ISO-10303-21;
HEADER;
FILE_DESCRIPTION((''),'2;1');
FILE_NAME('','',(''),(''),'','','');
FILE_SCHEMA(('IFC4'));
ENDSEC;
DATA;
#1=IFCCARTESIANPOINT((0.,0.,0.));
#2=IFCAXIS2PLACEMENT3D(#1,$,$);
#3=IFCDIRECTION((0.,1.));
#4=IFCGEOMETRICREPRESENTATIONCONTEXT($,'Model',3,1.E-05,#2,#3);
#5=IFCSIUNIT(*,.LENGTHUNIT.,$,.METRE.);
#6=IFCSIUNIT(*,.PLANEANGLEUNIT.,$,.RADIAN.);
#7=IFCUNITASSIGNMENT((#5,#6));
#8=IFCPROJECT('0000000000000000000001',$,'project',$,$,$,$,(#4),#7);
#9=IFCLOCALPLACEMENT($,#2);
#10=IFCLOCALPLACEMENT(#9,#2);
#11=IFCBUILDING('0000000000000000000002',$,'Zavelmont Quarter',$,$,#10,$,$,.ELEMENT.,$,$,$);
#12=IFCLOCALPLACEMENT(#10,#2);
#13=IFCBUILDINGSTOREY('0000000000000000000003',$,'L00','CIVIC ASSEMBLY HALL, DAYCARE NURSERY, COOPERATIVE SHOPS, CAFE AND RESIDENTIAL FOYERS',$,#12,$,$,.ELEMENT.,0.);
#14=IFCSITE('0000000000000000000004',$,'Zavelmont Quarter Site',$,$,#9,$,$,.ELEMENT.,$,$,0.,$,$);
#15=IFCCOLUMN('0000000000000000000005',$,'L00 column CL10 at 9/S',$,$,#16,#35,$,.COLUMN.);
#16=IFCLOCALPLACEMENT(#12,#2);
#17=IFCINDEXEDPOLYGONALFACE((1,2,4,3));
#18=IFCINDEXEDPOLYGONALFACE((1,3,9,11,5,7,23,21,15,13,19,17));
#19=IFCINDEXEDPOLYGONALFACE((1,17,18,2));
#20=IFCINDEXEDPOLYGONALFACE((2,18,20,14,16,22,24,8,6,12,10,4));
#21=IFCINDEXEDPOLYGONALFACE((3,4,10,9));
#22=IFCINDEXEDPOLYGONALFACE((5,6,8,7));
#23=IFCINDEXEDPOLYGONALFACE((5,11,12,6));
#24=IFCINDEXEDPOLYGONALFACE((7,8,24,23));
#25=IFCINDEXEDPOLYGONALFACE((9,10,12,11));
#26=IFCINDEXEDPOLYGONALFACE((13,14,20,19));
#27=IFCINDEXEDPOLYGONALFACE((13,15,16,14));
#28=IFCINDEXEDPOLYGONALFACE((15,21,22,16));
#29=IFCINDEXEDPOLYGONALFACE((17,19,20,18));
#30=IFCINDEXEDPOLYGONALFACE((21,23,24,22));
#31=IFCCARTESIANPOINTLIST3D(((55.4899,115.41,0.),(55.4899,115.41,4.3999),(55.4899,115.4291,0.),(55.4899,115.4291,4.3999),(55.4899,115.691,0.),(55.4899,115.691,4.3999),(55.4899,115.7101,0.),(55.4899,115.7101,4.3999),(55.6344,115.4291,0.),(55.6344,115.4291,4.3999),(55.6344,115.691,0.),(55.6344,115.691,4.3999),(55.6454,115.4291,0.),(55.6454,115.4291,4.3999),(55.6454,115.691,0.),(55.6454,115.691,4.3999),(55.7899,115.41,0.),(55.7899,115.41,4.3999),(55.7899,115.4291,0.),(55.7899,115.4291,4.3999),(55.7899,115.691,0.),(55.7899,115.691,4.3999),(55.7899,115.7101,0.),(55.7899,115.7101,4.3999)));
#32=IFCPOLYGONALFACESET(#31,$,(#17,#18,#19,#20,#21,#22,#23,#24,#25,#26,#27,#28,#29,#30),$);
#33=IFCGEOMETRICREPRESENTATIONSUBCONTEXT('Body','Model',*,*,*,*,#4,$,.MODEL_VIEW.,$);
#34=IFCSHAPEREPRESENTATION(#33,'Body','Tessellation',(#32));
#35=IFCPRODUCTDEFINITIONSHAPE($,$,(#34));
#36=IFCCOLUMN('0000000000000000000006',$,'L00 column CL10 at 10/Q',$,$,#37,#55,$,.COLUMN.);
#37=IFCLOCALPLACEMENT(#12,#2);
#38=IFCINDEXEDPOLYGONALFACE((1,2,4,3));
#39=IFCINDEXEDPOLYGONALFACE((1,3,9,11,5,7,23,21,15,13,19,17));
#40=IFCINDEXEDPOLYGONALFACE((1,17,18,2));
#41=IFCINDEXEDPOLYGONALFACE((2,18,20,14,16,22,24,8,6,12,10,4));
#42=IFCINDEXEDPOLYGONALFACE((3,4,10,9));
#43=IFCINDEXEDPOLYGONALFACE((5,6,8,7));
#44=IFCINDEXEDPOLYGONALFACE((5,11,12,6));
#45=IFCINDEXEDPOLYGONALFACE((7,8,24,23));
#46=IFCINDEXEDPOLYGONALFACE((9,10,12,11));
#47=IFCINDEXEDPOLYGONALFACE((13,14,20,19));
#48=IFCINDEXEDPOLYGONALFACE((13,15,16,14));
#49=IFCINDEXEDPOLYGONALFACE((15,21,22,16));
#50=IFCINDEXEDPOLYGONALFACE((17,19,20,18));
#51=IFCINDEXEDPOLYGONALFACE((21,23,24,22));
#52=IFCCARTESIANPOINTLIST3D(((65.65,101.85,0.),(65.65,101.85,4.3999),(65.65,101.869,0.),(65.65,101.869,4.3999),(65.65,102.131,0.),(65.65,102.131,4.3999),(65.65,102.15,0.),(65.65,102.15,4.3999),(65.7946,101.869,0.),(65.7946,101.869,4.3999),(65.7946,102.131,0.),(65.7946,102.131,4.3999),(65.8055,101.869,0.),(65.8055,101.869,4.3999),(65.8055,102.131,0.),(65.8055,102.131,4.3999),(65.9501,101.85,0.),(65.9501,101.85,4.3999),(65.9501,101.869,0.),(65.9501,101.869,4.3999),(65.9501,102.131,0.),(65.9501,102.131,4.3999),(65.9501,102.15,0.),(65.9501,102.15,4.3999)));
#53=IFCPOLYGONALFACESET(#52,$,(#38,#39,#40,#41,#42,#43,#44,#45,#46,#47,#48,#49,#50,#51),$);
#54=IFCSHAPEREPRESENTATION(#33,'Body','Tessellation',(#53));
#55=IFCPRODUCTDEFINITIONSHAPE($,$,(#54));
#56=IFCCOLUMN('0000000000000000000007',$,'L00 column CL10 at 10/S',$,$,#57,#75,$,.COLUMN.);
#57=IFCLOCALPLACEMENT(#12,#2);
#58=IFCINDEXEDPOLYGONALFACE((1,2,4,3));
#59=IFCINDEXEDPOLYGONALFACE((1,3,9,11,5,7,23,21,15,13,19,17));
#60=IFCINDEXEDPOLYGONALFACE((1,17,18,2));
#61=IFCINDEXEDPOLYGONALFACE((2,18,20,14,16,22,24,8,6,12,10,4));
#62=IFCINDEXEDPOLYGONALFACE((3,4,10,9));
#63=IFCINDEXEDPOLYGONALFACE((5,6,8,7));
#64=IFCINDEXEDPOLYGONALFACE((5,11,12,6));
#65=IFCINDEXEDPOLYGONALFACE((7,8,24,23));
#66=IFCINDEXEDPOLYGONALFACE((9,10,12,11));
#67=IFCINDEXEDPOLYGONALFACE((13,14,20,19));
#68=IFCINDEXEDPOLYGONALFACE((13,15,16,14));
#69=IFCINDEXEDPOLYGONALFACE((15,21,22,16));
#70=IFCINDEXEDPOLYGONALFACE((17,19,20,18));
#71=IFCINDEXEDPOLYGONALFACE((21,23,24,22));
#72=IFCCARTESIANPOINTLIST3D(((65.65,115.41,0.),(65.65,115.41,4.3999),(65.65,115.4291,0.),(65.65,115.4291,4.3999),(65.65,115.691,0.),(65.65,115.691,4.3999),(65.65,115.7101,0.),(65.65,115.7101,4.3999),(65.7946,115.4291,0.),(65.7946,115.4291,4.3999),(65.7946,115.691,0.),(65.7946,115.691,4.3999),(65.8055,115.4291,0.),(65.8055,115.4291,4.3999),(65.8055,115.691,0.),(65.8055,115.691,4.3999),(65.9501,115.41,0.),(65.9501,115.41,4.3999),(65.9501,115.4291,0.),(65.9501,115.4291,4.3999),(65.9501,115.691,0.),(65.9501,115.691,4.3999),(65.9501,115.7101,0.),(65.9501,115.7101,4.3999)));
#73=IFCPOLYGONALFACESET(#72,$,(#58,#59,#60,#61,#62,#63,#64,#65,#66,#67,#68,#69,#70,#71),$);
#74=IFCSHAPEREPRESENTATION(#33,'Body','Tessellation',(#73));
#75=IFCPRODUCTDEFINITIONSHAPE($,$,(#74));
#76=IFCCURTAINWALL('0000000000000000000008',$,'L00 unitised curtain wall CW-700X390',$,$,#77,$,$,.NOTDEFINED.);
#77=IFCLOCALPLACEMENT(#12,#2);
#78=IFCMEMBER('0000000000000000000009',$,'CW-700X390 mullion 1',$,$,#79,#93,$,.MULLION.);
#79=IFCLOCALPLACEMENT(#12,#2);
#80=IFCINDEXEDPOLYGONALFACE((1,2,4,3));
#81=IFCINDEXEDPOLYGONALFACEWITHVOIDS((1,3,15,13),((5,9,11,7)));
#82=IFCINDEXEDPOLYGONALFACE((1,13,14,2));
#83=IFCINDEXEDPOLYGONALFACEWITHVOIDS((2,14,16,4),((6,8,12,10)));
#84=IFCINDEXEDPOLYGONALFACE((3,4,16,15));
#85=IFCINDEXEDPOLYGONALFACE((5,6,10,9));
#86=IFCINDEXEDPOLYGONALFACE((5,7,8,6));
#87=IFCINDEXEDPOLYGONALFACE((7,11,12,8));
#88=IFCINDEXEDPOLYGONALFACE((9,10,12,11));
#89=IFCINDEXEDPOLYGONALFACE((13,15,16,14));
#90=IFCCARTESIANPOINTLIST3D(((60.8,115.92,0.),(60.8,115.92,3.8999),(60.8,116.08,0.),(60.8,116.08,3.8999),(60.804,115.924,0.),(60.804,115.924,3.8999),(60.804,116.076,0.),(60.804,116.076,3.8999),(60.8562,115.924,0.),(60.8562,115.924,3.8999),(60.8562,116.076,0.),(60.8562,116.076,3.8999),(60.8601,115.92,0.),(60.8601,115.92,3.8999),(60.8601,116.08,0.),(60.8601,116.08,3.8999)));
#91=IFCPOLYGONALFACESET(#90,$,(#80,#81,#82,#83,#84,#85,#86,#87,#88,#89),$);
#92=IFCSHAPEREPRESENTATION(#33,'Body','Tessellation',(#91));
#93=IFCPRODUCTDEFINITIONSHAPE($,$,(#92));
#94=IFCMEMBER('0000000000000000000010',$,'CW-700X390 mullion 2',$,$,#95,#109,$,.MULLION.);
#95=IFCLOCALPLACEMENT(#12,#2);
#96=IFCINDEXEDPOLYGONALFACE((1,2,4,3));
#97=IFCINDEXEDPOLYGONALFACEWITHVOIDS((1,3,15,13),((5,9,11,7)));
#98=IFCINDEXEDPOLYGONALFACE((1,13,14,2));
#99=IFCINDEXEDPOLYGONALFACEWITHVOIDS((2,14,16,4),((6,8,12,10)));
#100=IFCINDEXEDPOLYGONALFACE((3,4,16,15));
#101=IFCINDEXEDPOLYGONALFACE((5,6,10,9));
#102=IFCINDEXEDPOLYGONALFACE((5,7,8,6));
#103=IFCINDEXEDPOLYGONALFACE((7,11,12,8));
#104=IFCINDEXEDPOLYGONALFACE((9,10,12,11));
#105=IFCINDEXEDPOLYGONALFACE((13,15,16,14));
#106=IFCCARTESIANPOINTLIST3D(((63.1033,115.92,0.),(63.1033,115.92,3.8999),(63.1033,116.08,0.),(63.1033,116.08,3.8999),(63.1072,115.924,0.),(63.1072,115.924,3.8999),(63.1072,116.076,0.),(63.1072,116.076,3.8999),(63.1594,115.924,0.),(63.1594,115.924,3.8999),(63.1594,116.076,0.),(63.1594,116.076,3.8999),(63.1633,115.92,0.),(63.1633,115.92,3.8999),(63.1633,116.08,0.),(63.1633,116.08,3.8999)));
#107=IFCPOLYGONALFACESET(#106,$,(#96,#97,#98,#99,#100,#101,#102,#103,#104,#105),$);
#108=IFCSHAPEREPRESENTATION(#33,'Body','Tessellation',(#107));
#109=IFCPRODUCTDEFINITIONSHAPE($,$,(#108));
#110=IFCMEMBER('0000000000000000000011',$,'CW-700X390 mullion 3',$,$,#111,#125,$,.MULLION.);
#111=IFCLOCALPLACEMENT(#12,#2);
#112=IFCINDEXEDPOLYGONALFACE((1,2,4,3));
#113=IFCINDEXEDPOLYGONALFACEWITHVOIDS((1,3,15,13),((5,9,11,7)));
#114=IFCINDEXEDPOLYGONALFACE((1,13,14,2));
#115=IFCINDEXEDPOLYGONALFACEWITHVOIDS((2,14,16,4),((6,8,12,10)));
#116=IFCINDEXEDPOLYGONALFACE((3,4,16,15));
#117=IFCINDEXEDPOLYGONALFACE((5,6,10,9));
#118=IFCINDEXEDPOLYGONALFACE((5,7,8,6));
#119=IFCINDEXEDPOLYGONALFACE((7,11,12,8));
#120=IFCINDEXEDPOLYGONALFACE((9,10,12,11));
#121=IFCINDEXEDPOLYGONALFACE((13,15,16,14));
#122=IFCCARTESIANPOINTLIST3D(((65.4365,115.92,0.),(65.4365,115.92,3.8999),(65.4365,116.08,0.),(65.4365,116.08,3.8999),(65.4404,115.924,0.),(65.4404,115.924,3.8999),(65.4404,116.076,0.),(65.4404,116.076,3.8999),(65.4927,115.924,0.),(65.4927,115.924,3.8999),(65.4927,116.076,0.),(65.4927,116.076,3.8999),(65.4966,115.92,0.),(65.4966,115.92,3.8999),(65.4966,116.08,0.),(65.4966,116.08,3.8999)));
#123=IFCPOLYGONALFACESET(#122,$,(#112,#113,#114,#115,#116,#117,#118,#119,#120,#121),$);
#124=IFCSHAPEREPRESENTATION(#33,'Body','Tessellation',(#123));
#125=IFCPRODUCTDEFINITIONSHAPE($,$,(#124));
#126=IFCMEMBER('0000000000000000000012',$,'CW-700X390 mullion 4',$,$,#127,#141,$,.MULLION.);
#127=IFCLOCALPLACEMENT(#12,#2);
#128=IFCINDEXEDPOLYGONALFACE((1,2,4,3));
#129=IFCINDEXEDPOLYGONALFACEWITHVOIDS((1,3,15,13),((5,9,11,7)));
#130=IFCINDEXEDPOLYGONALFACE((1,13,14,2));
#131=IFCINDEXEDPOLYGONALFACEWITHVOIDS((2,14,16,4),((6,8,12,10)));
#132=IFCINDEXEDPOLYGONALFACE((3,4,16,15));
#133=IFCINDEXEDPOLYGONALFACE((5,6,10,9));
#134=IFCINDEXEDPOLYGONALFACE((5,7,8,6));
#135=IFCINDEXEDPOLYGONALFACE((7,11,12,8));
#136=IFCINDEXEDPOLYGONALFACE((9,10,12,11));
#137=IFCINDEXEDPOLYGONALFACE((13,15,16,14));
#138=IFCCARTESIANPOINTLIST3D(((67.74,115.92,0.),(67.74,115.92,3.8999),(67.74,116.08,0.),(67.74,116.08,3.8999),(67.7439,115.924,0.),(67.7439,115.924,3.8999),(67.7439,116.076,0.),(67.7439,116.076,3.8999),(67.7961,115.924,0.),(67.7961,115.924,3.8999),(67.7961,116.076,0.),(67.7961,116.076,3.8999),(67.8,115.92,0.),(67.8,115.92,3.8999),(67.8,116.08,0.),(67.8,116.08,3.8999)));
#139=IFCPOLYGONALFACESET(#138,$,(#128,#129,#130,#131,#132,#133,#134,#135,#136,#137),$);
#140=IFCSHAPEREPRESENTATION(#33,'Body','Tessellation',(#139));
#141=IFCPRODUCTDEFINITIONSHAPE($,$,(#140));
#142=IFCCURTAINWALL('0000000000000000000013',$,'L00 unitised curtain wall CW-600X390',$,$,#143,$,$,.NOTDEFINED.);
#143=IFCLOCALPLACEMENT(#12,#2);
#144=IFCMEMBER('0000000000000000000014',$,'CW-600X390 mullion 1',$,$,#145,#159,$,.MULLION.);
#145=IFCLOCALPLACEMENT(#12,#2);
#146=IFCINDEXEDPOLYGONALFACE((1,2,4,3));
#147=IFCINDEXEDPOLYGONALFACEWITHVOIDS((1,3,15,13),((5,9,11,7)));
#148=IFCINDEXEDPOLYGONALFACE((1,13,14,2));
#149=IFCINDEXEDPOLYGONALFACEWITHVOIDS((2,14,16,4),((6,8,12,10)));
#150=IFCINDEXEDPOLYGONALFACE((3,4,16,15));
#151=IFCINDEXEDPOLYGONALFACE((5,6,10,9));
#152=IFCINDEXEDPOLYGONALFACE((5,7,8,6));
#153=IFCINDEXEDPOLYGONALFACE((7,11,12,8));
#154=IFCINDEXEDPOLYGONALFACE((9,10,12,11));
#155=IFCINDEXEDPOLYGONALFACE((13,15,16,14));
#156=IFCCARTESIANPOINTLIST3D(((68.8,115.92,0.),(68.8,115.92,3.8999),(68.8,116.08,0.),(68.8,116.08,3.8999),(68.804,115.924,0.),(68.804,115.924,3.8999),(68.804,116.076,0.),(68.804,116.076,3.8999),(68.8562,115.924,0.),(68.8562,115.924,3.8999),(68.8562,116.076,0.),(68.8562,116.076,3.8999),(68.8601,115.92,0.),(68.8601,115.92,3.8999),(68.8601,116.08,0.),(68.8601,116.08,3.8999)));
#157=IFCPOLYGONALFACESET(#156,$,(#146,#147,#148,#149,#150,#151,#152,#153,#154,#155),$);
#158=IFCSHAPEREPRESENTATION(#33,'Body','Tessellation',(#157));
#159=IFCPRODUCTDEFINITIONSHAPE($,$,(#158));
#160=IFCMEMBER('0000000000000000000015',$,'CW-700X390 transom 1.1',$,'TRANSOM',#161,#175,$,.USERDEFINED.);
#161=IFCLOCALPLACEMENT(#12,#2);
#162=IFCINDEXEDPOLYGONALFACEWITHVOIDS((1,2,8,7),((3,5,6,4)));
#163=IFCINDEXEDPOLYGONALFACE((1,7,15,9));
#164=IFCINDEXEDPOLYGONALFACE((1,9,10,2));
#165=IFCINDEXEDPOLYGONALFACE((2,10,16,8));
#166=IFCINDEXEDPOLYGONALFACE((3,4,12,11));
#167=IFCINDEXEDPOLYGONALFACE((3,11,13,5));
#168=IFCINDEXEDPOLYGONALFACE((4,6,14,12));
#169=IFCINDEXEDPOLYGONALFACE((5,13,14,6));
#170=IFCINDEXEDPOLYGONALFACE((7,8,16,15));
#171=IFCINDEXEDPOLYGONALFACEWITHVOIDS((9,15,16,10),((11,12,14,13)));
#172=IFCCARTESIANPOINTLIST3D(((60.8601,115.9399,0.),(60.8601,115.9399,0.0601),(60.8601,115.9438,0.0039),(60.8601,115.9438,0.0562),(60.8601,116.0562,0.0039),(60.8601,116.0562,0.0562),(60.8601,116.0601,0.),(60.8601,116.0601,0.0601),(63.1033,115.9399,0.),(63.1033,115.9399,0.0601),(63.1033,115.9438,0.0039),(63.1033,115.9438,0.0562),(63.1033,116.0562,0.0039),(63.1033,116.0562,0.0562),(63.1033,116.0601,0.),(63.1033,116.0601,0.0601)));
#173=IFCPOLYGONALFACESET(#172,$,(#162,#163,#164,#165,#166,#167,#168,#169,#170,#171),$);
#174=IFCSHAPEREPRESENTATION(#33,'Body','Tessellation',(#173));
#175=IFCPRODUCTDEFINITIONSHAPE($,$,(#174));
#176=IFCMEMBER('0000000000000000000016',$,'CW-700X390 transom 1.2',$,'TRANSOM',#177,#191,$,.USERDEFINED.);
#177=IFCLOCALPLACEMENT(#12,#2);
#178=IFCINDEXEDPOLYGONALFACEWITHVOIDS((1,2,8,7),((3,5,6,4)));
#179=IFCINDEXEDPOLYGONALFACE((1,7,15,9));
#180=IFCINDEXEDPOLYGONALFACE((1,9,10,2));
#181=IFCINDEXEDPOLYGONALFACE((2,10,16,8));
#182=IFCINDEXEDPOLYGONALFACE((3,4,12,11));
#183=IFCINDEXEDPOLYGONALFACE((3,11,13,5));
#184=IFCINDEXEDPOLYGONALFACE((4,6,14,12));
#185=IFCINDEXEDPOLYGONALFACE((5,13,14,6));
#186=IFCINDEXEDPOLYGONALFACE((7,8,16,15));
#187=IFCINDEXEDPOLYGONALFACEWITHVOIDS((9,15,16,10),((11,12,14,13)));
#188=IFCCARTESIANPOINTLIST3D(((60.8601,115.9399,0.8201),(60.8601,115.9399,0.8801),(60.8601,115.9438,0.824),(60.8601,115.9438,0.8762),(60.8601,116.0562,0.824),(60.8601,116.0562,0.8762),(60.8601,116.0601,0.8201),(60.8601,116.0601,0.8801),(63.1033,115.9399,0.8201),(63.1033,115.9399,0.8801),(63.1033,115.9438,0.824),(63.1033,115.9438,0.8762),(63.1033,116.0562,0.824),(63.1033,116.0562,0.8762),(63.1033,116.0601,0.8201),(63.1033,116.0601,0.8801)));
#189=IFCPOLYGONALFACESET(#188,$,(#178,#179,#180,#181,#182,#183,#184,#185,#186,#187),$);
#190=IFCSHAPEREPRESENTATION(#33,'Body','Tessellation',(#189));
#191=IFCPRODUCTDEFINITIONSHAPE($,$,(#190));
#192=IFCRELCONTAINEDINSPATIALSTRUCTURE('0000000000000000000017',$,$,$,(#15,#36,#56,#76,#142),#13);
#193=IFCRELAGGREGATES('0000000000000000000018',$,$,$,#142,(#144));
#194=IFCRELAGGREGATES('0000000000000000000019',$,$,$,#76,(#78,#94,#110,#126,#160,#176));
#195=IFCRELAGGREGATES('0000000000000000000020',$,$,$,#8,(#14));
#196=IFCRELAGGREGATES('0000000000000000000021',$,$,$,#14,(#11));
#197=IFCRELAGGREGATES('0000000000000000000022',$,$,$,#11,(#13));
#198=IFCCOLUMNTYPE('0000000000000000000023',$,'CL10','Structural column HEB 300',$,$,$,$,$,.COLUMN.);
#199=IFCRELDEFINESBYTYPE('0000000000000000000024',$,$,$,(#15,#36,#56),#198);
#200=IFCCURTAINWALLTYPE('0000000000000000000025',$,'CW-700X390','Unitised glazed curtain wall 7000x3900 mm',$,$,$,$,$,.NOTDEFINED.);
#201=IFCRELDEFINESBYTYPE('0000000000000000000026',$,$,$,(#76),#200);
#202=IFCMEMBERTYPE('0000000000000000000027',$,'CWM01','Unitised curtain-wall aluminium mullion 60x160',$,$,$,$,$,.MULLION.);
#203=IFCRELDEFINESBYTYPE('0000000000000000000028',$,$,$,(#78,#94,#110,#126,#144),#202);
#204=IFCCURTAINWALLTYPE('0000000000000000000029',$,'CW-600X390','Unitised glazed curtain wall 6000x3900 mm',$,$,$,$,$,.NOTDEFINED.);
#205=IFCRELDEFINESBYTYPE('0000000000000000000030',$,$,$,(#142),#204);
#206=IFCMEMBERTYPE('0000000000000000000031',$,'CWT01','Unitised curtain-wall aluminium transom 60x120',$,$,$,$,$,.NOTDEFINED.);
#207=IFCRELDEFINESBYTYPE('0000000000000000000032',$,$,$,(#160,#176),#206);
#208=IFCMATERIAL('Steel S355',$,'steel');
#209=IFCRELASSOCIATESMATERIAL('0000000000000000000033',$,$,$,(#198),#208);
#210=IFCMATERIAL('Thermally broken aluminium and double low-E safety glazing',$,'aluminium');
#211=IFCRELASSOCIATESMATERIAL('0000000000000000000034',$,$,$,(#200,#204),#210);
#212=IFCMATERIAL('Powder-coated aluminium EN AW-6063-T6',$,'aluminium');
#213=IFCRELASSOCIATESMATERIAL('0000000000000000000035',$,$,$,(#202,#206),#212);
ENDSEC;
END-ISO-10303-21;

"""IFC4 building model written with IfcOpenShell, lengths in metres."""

from ifc_helpers import new_model, si_unit, direction, frame, origin, origin_2d, place, context, subcontext, project, spatial, hollow_rectangle, i_section, extrude, material, material_profile, profile_set, type_object, element, aggregate, save


model = new_model("IFC4")

# Units and contexts
model_context = context("Model", 3, precision=1e-05, world=origin(), true_north=direction((0.0, 1.0)))
body_context = subcontext(model_context, "Body", "Model", "MODEL_VIEW")
ifc_project = project(units=[si_unit("LENGTHUNIT", "METRE"), si_unit("PLANEANGLEUNIT", "RADIAN")], contexts=[model_context])

# Site, building, storey
site_placement = place(None, origin())
site = spatial("IfcSite", under=ifc_project, at=site_placement, Name="Zavelmont Quarter Site", CompositionType="ELEMENT", RefElevation=0.0)
building_placement = place(site_placement, origin())
building = spatial("IfcBuilding", under=site, at=building_placement, Name="Zavelmont Quarter", CompositionType="ELEMENT")
storey_placement = place(building_placement, origin())
storey = spatial("IfcBuildingStorey", under=building, at=storey_placement, Name="L00", Description="CIVIC ASSEMBLY HALL, DAYCARE NURSERY, COOPERATIVE SHOPS, CAFE AND RESIDENTIAL FOYERS", CompositionType="ELEMENT", Elevation=0.0)

# Columns
ifc_material_1 = material(Name="Steel S355", Category="steel")
ifc_material_profile_1 = material_profile(ifc_material_1, i_section(OverallWidth=0.3, OverallDepth=0.3, WebThickness=0.011, FlangeThickness=0.019, at=origin_2d()), Name="HEB 300")
ifc_profile_set_1 = profile_set([ifc_material_profile_1], Name="Steel S355")
column_type = type_object("IfcColumnType", Name="CL10", Description="Structural column HEB 300", PredefinedType="COLUMN", material=ifc_profile_set_1)
for number, where, z_axis, x_axis, name in (
    (1, (55.6399, 115.5601, 0.0), (0.0, 0.0, 1.0), (1.0, 0.0, 0.0), "L00 column CL10 at 9/S"),
    (2, (65.8, 102.0, 0.0), (0.0, 0.0, 1.0), (1.0, 0.0, 0.0), "L00 column CL10 at 10/Q"),
    (3, (65.8, 115.5601, 0.0), (0.0, 0.0, 1.0), (1.0, 0.0, 0.0), "L00 column CL10 at 10/S"),
):
    element("IfcColumn", number, at=place(storey_placement, frame(where, z_axis=z_axis, x_axis=x_axis)), inside=storey, type_object=column_type, Name=name, PredefinedType="COLUMN", context=body_context, shape_type="SweptSolid", body=[
        extrude(i_section(OverallWidth=0.3, OverallDepth=0.3, WebThickness=0.011, FlangeThickness=0.019, at=origin_2d()), origin(), (0.0, 0.0, 1.0), 4.3999),
    ])

# Curtain wall, members
ifc_material_2 = material(Name="Thermally broken aluminium and double low-E safety glazing", Category="aluminium")
curtain_wall_type_1 = type_object("IfcCurtainWallType", Name="CW-700X390", Description="Unitised glazed curtain wall 7000x3900 mm", PredefinedType="NOTDEFINED", material=ifc_material_2)
curtain_wall_1_placement = place(storey_placement, origin())
curtain_wall_1 = element("IfcCurtainWall", 4, at=curtain_wall_1_placement, inside=storey, type_object=curtain_wall_type_1, Name="L00 unitised curtain wall CW-700X390", PredefinedType="NOTDEFINED")
ifc_material_3 = material(Name="Powder-coated aluminium EN AW-6063-T6", Category="aluminium")
ifc_material_profile_2 = material_profile(ifc_material_3, hollow_rectangle(XDim=0.0601, YDim=0.1599, WallThickness=0.0039, at=origin_2d()), Name="CWM60X160")
ifc_profile_set_2 = profile_set([ifc_material_profile_2], Name="Powder-coated aluminium EN AW-6063-T6")
member_type_1 = type_object("IfcMemberType", Name="CWM01", Description="Unitised curtain-wall aluminium mullion 60x160", PredefinedType="MULLION", material=ifc_profile_set_2)
member_1_placement = place(storey_placement, frame((60.8301, 116.0, 0.0), z_axis=(0.0, 0.0, 1.0), x_axis=(1.0, 0.0, 0.0)))
member_1 = element("IfcMember", 5, at=member_1_placement, type_object=member_type_1, Name="CW-700X390 mullion 1", PredefinedType="MULLION", context=body_context, shape_type="SweptSolid", body=[
    extrude(hollow_rectangle(XDim=0.0601, YDim=0.1599, WallThickness=0.0039, at=origin_2d()), origin(), (0.0, 0.0, 1.0), 3.8999),
])
member_2_placement = place(storey_placement, frame((63.1333, 116.0, 0.0), z_axis=(0.0, 0.0, 1.0), x_axis=(1.0, 0.0, 0.0)))
member_2 = element("IfcMember", 6, at=member_2_placement, type_object=member_type_1, Name="CW-700X390 mullion 2", PredefinedType="MULLION", context=body_context, shape_type="SweptSolid", body=[
    extrude(hollow_rectangle(XDim=0.0601, YDim=0.1599, WallThickness=0.0039, at=origin_2d()), origin(), (0.0, 0.0, 1.0), 3.8999),
])
member_3_placement = place(storey_placement, frame((65.4666, 116.0, 0.0), z_axis=(0.0, 0.0, 1.0), x_axis=(1.0, 0.0, 0.0)))
member_3 = element("IfcMember", 7, at=member_3_placement, type_object=member_type_1, Name="CW-700X390 mullion 3", PredefinedType="MULLION", context=body_context, shape_type="SweptSolid", body=[
    extrude(hollow_rectangle(XDim=0.0601, YDim=0.1599, WallThickness=0.0039, at=origin_2d()), origin(), (0.0, 0.0, 1.0), 3.8999),
])
member_4_placement = place(storey_placement, frame((67.77, 116.0, 0.0), z_axis=(0.0, 0.0, 1.0), x_axis=(1.0, 0.0, 0.0)))
member_4 = element("IfcMember", 8, at=member_4_placement, type_object=member_type_1, Name="CW-700X390 mullion 4", PredefinedType="MULLION", context=body_context, shape_type="SweptSolid", body=[
    extrude(hollow_rectangle(XDim=0.0601, YDim=0.1599, WallThickness=0.0039, at=origin_2d()), origin(), (0.0, 0.0, 1.0), 3.8999),
])

# Curtain wall, member
curtain_wall_type_2 = type_object("IfcCurtainWallType", Name="CW-600X390", Description="Unitised glazed curtain wall 6000x3900 mm", PredefinedType="NOTDEFINED", material=ifc_material_2)
curtain_wall_2_placement = place(storey_placement, origin())
curtain_wall_2 = element("IfcCurtainWall", 9, at=curtain_wall_2_placement, inside=storey, type_object=curtain_wall_type_2, Name="L00 unitised curtain wall CW-600X390", PredefinedType="NOTDEFINED")
member_5_placement = place(storey_placement, frame((68.8301, 116.0, 0.0), z_axis=(0.0, 0.0, 1.0), x_axis=(1.0, 0.0, 0.0)))
member_5 = element("IfcMember", 10, at=member_5_placement, type_object=member_type_1, Name="CW-600X390 mullion 1", PredefinedType="MULLION", context=body_context, shape_type="SweptSolid", body=[
    extrude(hollow_rectangle(XDim=0.0601, YDim=0.1599, WallThickness=0.0039, at=origin_2d()), origin(), (0.0, 0.0, 1.0), 3.8999),
])

# Members
ifc_material_profile_3 = material_profile(ifc_material_3, hollow_rectangle(XDim=0.1201, YDim=0.0601, WallThickness=0.0039, at=origin_2d()), Name="CWT60X120")
ifc_profile_set_3 = profile_set([ifc_material_profile_3], Name="Powder-coated aluminium EN AW-6063-T6")
member_type_2 = type_object("IfcMemberType", Name="CWT01", Description="Unitised curtain-wall aluminium transom 60x120", PredefinedType="NOTDEFINED", material=ifc_profile_set_3)
member_6_placement = place(storey_placement, frame((60.8601, 116.0, 0.03), z_axis=(1.0, 0.0, 0.0), x_axis=(0.0, 1.0, 0.0)))
member_6 = element("IfcMember", 11, at=member_6_placement, type_object=member_type_2, Name="CW-700X390 transom 1.1", ObjectType="TRANSOM", PredefinedType="USERDEFINED", context=body_context, shape_type="SweptSolid", body=[
    extrude(hollow_rectangle(XDim=0.1201, YDim=0.0601, WallThickness=0.0039, at=origin_2d()), origin(), (0.0, 0.0, 1.0), 2.2432),
])
member_7_placement = place(storey_placement, frame((60.8601, 116.0, 0.8501), z_axis=(1.0, 0.0, 0.0), x_axis=(0.0, 1.0, 0.0)))
member_7 = element("IfcMember", 12, at=member_7_placement, type_object=member_type_2, Name="CW-700X390 transom 1.2", ObjectType="TRANSOM", PredefinedType="USERDEFINED", context=body_context, shape_type="SweptSolid", body=[
    extrude(hollow_rectangle(XDim=0.1201, YDim=0.0601, WallThickness=0.0039, at=origin_2d()), origin(), (0.0, 0.0, 1.0), 2.2432),
])
aggregate(curtain_wall_2, [member_5])

aggregate(curtain_wall_1, [member_1, member_2, member_3, member_4, member_6, member_7])

save(model, "model.ifc")
